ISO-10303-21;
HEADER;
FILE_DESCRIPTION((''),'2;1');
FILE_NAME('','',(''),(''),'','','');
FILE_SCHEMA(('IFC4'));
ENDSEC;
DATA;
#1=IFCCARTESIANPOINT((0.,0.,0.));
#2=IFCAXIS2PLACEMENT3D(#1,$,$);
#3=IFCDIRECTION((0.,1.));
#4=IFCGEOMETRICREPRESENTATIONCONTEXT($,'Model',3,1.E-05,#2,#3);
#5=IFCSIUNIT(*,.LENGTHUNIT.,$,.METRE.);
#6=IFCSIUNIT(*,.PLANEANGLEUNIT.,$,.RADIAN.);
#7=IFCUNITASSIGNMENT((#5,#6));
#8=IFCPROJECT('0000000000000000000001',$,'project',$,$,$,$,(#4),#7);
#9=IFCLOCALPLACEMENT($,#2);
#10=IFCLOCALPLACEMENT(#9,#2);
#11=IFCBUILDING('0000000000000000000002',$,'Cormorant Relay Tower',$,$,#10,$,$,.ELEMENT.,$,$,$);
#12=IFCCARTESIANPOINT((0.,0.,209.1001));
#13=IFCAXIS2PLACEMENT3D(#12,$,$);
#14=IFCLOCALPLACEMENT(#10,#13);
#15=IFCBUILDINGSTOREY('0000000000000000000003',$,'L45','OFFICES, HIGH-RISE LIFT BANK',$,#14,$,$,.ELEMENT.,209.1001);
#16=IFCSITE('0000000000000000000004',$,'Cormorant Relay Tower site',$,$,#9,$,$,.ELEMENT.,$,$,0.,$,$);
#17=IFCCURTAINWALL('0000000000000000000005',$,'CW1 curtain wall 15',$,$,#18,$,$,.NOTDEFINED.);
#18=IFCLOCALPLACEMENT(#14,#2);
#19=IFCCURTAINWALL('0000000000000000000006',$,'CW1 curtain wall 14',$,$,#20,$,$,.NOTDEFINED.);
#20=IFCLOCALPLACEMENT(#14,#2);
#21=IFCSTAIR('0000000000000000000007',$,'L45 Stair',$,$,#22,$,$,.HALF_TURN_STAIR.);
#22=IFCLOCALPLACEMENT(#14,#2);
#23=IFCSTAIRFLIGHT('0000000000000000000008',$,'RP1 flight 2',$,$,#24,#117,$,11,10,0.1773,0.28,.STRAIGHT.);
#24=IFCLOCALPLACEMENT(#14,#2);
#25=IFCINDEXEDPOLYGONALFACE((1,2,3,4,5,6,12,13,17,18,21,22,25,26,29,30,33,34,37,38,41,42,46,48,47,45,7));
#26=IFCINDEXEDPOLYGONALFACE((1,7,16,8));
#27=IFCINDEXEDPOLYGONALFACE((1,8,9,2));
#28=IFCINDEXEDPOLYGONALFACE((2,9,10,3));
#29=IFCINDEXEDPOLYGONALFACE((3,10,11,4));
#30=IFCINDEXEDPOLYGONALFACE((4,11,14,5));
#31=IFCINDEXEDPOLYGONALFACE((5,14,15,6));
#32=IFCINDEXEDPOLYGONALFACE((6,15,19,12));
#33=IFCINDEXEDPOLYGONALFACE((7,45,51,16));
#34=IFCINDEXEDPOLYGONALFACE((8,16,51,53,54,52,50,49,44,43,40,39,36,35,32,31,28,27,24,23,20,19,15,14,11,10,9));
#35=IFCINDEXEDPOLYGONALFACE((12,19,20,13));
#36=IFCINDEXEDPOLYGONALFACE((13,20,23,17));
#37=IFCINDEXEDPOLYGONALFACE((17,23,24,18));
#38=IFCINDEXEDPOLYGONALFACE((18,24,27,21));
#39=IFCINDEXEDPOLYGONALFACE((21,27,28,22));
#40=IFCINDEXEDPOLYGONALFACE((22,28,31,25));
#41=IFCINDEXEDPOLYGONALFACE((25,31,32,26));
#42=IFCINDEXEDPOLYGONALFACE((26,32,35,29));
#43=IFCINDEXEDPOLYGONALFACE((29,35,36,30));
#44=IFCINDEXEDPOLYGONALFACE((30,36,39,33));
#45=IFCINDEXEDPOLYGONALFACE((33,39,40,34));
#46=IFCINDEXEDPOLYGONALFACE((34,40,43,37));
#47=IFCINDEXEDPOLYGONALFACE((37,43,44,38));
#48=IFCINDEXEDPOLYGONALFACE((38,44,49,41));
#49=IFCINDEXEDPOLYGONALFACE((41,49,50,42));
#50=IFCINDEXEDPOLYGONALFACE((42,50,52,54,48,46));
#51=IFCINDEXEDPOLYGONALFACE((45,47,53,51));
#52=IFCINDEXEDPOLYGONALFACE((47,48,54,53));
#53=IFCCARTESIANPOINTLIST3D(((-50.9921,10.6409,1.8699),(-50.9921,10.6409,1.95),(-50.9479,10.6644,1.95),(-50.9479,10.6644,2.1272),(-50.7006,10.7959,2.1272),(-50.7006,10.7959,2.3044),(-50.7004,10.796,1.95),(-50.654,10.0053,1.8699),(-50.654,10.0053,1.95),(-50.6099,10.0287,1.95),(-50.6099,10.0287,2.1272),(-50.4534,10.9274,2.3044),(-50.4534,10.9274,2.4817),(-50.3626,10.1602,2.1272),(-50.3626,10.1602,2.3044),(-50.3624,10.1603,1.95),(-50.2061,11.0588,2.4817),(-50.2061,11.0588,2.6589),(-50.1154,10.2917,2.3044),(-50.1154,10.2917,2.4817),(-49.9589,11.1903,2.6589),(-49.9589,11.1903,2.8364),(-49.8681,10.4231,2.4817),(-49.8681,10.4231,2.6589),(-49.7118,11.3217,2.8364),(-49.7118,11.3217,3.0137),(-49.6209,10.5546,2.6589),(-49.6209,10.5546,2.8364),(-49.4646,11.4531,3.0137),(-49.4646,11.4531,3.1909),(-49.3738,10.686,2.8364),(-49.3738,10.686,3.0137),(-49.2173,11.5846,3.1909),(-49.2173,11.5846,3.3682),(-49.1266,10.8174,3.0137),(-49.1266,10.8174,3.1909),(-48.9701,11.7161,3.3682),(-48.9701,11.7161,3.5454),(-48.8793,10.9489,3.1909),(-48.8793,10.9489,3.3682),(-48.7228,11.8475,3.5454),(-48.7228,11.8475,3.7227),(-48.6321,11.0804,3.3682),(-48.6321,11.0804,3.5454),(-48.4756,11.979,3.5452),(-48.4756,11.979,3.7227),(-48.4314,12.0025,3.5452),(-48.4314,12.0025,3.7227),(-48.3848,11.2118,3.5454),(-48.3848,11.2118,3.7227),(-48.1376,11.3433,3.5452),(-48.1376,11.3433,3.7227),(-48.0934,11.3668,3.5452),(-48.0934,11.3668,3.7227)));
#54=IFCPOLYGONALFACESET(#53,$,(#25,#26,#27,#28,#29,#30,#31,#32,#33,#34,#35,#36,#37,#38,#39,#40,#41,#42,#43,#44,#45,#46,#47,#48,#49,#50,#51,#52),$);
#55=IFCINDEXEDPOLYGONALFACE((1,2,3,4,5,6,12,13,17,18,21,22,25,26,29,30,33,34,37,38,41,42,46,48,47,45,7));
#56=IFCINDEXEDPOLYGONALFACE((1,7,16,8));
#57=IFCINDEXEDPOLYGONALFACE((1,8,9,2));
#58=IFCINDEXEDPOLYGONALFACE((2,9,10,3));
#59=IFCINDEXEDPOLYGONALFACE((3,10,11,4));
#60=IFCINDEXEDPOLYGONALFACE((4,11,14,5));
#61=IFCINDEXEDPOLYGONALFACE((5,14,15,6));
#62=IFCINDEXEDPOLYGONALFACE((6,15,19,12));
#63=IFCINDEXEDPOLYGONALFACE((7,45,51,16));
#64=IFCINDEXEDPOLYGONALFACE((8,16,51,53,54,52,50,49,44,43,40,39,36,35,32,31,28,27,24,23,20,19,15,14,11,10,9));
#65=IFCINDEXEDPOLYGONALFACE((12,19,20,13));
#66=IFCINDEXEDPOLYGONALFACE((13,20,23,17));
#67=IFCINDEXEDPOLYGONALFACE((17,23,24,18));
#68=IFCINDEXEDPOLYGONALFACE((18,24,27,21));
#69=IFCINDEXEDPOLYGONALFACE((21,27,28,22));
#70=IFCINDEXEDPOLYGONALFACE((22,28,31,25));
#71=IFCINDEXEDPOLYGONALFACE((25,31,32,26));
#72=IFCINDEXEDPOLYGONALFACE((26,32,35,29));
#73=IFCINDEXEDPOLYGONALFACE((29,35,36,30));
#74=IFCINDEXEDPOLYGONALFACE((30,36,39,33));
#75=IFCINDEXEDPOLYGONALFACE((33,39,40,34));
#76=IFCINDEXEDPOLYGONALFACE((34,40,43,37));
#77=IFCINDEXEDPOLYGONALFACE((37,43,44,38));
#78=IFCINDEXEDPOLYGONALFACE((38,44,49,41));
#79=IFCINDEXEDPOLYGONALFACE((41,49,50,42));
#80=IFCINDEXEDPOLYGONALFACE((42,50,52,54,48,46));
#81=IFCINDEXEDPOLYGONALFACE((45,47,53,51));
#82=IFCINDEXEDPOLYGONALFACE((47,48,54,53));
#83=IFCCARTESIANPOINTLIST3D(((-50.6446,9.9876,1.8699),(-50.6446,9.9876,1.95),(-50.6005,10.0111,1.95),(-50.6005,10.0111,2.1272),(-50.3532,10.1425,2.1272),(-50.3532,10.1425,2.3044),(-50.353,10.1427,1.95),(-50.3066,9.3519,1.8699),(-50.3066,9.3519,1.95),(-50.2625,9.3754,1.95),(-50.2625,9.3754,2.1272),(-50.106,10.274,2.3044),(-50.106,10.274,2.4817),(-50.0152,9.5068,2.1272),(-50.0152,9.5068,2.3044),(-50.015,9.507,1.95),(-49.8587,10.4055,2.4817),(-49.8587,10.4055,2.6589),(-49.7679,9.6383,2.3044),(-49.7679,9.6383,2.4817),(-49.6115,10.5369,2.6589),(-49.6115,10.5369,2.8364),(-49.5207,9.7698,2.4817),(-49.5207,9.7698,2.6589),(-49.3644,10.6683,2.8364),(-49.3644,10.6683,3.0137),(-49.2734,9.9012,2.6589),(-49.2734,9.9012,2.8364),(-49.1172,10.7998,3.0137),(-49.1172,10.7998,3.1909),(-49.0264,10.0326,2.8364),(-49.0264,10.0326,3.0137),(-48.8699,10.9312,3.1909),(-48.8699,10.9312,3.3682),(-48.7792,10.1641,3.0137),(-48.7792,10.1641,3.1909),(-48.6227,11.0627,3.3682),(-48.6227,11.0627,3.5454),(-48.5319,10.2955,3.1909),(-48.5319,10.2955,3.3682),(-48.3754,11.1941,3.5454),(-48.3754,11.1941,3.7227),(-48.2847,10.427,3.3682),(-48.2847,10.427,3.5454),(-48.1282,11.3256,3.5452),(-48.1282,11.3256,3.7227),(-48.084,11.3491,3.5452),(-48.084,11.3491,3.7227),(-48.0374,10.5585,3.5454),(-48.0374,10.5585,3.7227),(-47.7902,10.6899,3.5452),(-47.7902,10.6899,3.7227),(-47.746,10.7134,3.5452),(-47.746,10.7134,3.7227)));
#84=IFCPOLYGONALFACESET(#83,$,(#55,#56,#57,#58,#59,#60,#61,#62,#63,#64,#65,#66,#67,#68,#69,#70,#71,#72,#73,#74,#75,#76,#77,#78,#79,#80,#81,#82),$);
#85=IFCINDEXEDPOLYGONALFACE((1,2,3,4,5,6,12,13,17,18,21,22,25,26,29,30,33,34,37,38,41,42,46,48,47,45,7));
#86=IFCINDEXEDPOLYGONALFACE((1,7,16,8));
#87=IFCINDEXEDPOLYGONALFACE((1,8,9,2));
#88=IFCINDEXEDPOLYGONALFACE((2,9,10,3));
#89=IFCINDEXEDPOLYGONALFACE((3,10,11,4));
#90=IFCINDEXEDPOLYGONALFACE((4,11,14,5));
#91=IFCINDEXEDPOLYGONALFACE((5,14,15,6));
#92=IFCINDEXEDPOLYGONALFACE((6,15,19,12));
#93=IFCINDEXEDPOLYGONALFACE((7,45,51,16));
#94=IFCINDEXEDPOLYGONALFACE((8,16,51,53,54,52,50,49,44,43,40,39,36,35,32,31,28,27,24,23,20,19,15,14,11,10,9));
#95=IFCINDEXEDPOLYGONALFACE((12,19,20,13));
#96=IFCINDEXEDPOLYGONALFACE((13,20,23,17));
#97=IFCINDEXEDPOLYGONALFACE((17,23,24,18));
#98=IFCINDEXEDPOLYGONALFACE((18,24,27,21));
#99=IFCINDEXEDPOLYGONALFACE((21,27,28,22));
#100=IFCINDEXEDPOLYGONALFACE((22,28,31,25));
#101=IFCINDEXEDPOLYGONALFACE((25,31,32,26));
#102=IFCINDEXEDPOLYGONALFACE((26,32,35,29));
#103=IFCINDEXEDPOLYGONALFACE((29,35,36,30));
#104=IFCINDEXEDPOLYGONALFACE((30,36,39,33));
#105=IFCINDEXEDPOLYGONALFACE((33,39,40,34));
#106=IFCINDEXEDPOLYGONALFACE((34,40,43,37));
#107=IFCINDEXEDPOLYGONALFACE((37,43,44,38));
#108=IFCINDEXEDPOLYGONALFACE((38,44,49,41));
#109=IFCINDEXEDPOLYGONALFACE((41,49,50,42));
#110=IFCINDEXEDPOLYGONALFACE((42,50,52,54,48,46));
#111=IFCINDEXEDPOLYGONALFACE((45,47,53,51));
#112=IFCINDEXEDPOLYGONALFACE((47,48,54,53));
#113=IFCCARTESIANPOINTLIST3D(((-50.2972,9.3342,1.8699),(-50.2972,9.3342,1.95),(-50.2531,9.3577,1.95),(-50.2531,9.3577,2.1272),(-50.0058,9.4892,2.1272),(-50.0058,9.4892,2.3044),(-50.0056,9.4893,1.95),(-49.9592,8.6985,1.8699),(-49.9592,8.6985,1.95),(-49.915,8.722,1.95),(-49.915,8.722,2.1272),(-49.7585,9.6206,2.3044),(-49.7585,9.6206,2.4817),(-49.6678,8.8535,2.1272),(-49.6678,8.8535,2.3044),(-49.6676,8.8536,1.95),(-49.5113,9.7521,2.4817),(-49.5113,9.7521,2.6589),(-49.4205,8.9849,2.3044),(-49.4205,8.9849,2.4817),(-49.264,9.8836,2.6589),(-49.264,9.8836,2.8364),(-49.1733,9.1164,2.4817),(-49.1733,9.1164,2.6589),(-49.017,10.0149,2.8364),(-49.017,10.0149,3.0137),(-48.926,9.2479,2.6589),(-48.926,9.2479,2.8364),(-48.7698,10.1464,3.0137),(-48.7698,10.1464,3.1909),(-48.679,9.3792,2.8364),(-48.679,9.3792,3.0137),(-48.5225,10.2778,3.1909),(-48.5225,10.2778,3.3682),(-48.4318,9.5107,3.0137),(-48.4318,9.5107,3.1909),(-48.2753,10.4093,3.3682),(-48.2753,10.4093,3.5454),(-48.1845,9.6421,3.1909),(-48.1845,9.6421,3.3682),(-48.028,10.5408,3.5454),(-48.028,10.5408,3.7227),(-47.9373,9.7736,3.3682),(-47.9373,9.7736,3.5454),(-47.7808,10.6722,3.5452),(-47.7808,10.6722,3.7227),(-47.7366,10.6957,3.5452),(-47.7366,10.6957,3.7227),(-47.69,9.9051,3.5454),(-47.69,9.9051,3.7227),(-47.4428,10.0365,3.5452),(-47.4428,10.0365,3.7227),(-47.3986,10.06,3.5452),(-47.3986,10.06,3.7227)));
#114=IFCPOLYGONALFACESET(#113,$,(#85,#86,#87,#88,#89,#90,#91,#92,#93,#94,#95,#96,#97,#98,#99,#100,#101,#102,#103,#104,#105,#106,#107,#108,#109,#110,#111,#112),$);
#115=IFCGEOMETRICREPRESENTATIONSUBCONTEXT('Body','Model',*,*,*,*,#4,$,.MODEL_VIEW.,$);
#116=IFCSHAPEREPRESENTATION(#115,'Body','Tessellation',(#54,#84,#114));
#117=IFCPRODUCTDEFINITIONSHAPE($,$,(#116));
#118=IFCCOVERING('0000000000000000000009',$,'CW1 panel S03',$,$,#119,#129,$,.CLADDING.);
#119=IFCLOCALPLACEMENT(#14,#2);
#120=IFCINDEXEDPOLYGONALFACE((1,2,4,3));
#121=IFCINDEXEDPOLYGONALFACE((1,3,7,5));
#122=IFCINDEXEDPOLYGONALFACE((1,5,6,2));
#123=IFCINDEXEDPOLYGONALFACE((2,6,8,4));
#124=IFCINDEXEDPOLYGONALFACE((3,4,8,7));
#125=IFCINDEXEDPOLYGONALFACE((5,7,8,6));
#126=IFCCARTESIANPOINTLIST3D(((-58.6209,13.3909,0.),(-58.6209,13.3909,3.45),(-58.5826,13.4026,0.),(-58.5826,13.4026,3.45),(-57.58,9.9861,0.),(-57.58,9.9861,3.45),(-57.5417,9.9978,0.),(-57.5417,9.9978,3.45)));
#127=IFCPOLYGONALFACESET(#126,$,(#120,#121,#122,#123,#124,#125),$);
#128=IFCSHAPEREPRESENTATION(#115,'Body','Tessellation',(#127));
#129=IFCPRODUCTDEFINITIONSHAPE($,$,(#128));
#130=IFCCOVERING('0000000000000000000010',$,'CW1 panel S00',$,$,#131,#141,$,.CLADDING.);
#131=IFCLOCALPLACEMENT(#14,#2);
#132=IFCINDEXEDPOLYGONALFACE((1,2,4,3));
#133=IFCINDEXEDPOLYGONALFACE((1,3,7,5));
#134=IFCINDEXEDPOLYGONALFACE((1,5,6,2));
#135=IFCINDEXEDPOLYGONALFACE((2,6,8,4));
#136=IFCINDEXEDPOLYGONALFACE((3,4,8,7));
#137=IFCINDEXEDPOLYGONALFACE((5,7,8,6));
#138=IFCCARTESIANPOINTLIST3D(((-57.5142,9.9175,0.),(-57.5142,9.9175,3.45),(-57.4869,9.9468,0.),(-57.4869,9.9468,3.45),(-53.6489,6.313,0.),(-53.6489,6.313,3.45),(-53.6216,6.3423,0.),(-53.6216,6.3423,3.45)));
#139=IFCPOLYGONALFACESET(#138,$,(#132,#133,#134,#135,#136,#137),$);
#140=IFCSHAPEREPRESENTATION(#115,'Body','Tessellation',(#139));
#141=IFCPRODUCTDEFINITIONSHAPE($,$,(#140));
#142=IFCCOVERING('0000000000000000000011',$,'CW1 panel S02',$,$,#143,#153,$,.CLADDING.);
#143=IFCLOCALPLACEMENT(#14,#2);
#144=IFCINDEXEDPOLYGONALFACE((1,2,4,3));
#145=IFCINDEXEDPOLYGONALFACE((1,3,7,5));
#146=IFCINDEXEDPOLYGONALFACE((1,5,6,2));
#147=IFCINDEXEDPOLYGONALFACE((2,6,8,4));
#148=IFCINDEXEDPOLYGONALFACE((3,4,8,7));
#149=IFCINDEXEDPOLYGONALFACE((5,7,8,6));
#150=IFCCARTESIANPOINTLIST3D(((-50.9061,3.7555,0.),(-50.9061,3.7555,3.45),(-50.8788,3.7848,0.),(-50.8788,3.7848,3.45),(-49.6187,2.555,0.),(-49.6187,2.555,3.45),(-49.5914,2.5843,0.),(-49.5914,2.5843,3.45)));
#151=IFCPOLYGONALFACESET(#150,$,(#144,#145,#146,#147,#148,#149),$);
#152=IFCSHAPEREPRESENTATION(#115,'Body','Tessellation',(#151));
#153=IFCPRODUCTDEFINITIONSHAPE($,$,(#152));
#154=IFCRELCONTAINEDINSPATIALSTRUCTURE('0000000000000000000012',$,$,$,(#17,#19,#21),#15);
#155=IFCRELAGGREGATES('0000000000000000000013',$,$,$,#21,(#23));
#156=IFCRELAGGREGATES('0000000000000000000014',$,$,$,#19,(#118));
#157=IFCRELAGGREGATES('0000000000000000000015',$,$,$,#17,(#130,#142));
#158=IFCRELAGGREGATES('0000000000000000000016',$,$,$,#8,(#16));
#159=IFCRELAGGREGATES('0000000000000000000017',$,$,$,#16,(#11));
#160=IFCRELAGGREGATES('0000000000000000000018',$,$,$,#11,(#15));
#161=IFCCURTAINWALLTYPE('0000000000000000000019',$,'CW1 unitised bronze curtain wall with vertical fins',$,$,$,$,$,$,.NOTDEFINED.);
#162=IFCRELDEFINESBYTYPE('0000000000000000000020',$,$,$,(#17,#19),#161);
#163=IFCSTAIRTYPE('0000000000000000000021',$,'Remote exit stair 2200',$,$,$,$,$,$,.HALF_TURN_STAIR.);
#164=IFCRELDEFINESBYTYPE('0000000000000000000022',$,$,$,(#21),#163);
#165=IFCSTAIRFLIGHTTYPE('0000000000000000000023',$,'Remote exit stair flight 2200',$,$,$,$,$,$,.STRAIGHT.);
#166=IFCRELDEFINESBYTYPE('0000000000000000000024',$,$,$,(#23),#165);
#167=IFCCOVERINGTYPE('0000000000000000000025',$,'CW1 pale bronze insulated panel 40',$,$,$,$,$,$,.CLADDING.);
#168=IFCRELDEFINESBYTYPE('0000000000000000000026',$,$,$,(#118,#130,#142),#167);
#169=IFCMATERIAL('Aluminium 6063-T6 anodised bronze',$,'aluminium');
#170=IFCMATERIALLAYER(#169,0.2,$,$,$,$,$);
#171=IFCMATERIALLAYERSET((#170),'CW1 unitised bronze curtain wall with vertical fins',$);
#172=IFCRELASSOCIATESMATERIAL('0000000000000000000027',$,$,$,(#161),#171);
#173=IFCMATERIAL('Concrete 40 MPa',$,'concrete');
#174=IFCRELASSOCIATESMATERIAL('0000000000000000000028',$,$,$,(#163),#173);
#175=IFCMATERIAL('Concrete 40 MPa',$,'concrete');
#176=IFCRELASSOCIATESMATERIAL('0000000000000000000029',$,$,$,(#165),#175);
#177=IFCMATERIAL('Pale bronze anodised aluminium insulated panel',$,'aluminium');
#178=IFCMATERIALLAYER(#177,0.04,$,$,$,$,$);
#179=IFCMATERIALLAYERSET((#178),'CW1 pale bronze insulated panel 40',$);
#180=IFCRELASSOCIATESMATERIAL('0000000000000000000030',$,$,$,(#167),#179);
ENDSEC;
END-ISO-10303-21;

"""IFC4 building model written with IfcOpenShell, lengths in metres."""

from ifc_helpers import new_model, si_unit, direction, frame, origin, origin_2d, place, context, subcontext, project, spatial, polyline, rectangle, outline, extrude, material, layer, layer_set, type_object, element, aggregate, save


model = new_model("IFC4")

# Units and contexts
model_context = context("Model", 3, precision=1e-05, world=origin(), true_north=direction((0.0, 1.0)))
body_context = subcontext(model_context, "Body", "Model", "MODEL_VIEW")
ifc_project = project(units=[si_unit("LENGTHUNIT", "METRE"), si_unit("PLANEANGLEUNIT", "RADIAN")], contexts=[model_context])

# Site, building, storey
site_placement = place(None, origin())
site = spatial("IfcSite", under=ifc_project, at=site_placement, Name="Cormorant Relay Tower site", CompositionType="ELEMENT", RefElevation=0.0)
building_placement = place(site_placement, origin())
building = spatial("IfcBuilding", under=site, at=building_placement, Name="Cormorant Relay Tower", CompositionType="ELEMENT")
storey_placement = place(building_placement, frame((0.0, 0.0, 209.1001)))
storey = spatial("IfcBuildingStorey", under=building, at=storey_placement, Name="L45", Description="OFFICES, HIGH-RISE LIFT BANK", CompositionType="ELEMENT", Elevation=209.1001)

# Curtain wall
ifc_material_1 = material(Name="Aluminium 6063-T6 anodised bronze", Category="aluminium")
ifc_layer_1 = layer(ifc_material_1, 0.2)
ifc_layer_set_1 = layer_set([ifc_layer_1], Name="CW1 unitised bronze curtain wall with vertical fins")
curtain_wall_type = type_object("IfcCurtainWallType", Name="CW1 unitised bronze curtain wall with vertical fins", PredefinedType="NOTDEFINED", material=ifc_layer_set_1)
curtain_wall_1_placement = place(storey_placement, origin())
curtain_wall_1 = element("IfcCurtainWall", 1, at=curtain_wall_1_placement, inside=storey, type_object=curtain_wall_type, Name="CW1 curtain wall 15", PredefinedType="NOTDEFINED")

# Curtain wall
curtain_wall_2_placement = place(storey_placement, origin())
curtain_wall_2 = element("IfcCurtainWall", 2, at=curtain_wall_2_placement, inside=storey, type_object=curtain_wall_type, Name="CW1 curtain wall 14", PredefinedType="NOTDEFINED")

# Stair, stair flight
ifc_material_2 = material(Name="Concrete 40 MPa", Category="concrete")
stair_type = type_object("IfcStairType", Name="Remote exit stair 2200", PredefinedType="HALF_TURN_STAIR", material=ifc_material_2)
stair_placement = place(storey_placement, origin())
stair = element("IfcStair", 3, at=stair_placement, inside=storey, type_object=stair_type, Name="L45 Stair", PredefinedType="HALF_TURN_STAIR")
ifc_material_3 = material(Name="Concrete 40 MPa", Category="concrete")
stair_flight_type = type_object("IfcStairFlightType", Name="Remote exit stair flight 2200", PredefinedType="STRAIGHT", material=ifc_material_3)
stair_flight_1_placement = place(storey_placement, frame((-50.4314, 9.6931, 1.95), z_axis=(0.0, 0.0, 1.0), x_axis=(0.882948, 0.469472, 0.0)))
stair_flight_1 = element("IfcStairFlight", 4, at=stair_flight_1_placement, type_object=stair_flight_type, Name="RP1 flight 2", NumberOfRisers=11, NumberOfTreads=10, PredefinedType="STRAIGHT", RiserHeight=0.1773, TreadLength=0.28, context=body_context, shape_type="SweptSolid", body=[
    extrude(outline(polyline([(-0.05, -0.0801), (-0.05, 0.0), (0.0, 0.0), (0.0, 0.1772), (0.28, 0.1772), (0.28, 0.3545), (0.5601, 0.3545), (0.5601, 0.5317), (0.8401, 0.5317), (0.8401, 0.709), (1.1201, 0.709), (1.1201, 0.8865), (1.3999, 0.8865), (1.3999, 1.0637), (1.6799, 1.0637), (1.6799, 1.241), (1.96, 1.241), (1.96, 1.4182), (2.24, 1.4182), (2.24, 1.5955), (2.52, 1.5955), (2.52, 1.7727), (2.8, 1.7727), (2.8501, 1.7727), (2.8501, 1.5952), (2.8, 1.5952), (0.2803, 0.0), (-0.05, -0.0801)])), frame((0.0, 1.1001, 0.0), z_axis=(0.0, -1.0, 0.0), x_axis=(1.0, 0.0, 0.0)), (0.0, 0.0, 1.0), 0.72),
    extrude(outline(polyline([(-0.05, -0.0801), (-0.05, 0.0), (0.0, 0.0), (0.0, 0.1772), (0.28, 0.1772), (0.28, 0.3545), (0.5601, 0.3545), (0.5601, 0.5317), (0.8401, 0.5317), (0.8401, 0.709), (1.1201, 0.709), (1.1201, 0.8865), (1.3999, 0.8865), (1.3999, 1.0637), (1.6799, 1.0637), (1.6799, 1.241), (1.96, 1.241), (1.96, 1.4182), (2.24, 1.4182), (2.24, 1.5955), (2.52, 1.5955), (2.52, 1.7727), (2.8, 1.7727), (2.8501, 1.7727), (2.8501, 1.5952), (2.8, 1.5952), (0.2803, 0.0), (-0.05, -0.0801)])), frame((0.0, 0.3601, 0.0), z_axis=(0.0, -1.0, 0.0), x_axis=(1.0, 0.0, 0.0)), (0.0, 0.0, 1.0), 0.72),
    extrude(outline(polyline([(-0.05, -0.0801), (-0.05, 0.0), (0.0, 0.0), (0.0, 0.1772), (0.28, 0.1772), (0.28, 0.3545), (0.5601, 0.3545), (0.5601, 0.5317), (0.8401, 0.5317), (0.8401, 0.709), (1.1201, 0.709), (1.1201, 0.8865), (1.3999, 0.8865), (1.3999, 1.0637), (1.6799, 1.0637), (1.6799, 1.241), (1.96, 1.241), (1.96, 1.4182), (2.24, 1.4182), (2.24, 1.5955), (2.52, 1.5955), (2.52, 1.7727), (2.8, 1.7727), (2.8501, 1.7727), (2.8501, 1.5952), (2.8, 1.5952), (0.2803, 0.0), (-0.05, -0.0801)])), frame((0.0, -0.3799, 0.0), z_axis=(0.0, -1.0, 0.0), x_axis=(1.0, 0.0, 0.0)), (0.0, 0.0, 1.0), 0.72),
])
aggregate(stair, [stair_flight_1])

# Coverings
ifc_material_4 = material(Name="Pale bronze anodised aluminium insulated panel", Category="aluminium")
ifc_layer_2 = layer(ifc_material_4, 0.04)
ifc_layer_set_2 = layer_set([ifc_layer_2], Name="CW1 pale bronze insulated panel 40")
covering_type = type_object("IfcCoveringType", Name="CW1 pale bronze insulated panel 40", PredefinedType="CLADDING", material=ifc_layer_set_2)
covering_1_placement = place(storey_placement, frame((-58.0813, 11.6943, 0.0), z_axis=(0.0, 0.0, 1.0), x_axis=(0.292372, -0.956305, 0.0)))
covering_1 = element("IfcCovering", 5, at=covering_1_placement, type_object=covering_type, Name="CW1 panel S03", PredefinedType="CLADDING", context=body_context, shape_type="SweptSolid", body=[
    extrude(rectangle(XDim=3.5603, YDim=0.04, at=origin_2d()), origin(), (0.0, 0.0, 1.0), 3.45),
])
aggregate(curtain_wall_2, [covering_1])
covering_2_placement = place(storey_placement, frame((-55.5679, 8.1299, 0.0), z_axis=(0.0, 0.0, 1.0), x_axis=(0.731354, -0.681998, 0.0)))
covering_2 = element("IfcCovering", 6, at=covering_2_placement, type_object=covering_type, Name="CW1 panel S00", PredefinedType="CLADDING", context=body_context, shape_type="SweptSolid", body=[
    extrude(rectangle(XDim=5.2852, YDim=0.04, at=origin_2d()), origin(), (0.0, 0.0, 1.0), 3.45),
])
covering_3_placement = place(storey_placement, frame((-50.2488, 3.1699, 0.0), z_axis=(0.0, 0.0, 1.0), x_axis=(0.731354, -0.681998, 0.0)))
covering_3 = element("IfcCovering", 7, at=covering_3_placement, type_object=covering_type, Name="CW1 panel S02", PredefinedType="CLADDING", context=body_context, shape_type="SweptSolid", body=[
    extrude(rectangle(XDim=1.7603, YDim=0.04, at=origin_2d()), origin(), (0.0, 0.0, 1.0), 3.45),
])
aggregate(curtain_wall_1, [covering_2, covering_3])

save(model, "model.ifc")
